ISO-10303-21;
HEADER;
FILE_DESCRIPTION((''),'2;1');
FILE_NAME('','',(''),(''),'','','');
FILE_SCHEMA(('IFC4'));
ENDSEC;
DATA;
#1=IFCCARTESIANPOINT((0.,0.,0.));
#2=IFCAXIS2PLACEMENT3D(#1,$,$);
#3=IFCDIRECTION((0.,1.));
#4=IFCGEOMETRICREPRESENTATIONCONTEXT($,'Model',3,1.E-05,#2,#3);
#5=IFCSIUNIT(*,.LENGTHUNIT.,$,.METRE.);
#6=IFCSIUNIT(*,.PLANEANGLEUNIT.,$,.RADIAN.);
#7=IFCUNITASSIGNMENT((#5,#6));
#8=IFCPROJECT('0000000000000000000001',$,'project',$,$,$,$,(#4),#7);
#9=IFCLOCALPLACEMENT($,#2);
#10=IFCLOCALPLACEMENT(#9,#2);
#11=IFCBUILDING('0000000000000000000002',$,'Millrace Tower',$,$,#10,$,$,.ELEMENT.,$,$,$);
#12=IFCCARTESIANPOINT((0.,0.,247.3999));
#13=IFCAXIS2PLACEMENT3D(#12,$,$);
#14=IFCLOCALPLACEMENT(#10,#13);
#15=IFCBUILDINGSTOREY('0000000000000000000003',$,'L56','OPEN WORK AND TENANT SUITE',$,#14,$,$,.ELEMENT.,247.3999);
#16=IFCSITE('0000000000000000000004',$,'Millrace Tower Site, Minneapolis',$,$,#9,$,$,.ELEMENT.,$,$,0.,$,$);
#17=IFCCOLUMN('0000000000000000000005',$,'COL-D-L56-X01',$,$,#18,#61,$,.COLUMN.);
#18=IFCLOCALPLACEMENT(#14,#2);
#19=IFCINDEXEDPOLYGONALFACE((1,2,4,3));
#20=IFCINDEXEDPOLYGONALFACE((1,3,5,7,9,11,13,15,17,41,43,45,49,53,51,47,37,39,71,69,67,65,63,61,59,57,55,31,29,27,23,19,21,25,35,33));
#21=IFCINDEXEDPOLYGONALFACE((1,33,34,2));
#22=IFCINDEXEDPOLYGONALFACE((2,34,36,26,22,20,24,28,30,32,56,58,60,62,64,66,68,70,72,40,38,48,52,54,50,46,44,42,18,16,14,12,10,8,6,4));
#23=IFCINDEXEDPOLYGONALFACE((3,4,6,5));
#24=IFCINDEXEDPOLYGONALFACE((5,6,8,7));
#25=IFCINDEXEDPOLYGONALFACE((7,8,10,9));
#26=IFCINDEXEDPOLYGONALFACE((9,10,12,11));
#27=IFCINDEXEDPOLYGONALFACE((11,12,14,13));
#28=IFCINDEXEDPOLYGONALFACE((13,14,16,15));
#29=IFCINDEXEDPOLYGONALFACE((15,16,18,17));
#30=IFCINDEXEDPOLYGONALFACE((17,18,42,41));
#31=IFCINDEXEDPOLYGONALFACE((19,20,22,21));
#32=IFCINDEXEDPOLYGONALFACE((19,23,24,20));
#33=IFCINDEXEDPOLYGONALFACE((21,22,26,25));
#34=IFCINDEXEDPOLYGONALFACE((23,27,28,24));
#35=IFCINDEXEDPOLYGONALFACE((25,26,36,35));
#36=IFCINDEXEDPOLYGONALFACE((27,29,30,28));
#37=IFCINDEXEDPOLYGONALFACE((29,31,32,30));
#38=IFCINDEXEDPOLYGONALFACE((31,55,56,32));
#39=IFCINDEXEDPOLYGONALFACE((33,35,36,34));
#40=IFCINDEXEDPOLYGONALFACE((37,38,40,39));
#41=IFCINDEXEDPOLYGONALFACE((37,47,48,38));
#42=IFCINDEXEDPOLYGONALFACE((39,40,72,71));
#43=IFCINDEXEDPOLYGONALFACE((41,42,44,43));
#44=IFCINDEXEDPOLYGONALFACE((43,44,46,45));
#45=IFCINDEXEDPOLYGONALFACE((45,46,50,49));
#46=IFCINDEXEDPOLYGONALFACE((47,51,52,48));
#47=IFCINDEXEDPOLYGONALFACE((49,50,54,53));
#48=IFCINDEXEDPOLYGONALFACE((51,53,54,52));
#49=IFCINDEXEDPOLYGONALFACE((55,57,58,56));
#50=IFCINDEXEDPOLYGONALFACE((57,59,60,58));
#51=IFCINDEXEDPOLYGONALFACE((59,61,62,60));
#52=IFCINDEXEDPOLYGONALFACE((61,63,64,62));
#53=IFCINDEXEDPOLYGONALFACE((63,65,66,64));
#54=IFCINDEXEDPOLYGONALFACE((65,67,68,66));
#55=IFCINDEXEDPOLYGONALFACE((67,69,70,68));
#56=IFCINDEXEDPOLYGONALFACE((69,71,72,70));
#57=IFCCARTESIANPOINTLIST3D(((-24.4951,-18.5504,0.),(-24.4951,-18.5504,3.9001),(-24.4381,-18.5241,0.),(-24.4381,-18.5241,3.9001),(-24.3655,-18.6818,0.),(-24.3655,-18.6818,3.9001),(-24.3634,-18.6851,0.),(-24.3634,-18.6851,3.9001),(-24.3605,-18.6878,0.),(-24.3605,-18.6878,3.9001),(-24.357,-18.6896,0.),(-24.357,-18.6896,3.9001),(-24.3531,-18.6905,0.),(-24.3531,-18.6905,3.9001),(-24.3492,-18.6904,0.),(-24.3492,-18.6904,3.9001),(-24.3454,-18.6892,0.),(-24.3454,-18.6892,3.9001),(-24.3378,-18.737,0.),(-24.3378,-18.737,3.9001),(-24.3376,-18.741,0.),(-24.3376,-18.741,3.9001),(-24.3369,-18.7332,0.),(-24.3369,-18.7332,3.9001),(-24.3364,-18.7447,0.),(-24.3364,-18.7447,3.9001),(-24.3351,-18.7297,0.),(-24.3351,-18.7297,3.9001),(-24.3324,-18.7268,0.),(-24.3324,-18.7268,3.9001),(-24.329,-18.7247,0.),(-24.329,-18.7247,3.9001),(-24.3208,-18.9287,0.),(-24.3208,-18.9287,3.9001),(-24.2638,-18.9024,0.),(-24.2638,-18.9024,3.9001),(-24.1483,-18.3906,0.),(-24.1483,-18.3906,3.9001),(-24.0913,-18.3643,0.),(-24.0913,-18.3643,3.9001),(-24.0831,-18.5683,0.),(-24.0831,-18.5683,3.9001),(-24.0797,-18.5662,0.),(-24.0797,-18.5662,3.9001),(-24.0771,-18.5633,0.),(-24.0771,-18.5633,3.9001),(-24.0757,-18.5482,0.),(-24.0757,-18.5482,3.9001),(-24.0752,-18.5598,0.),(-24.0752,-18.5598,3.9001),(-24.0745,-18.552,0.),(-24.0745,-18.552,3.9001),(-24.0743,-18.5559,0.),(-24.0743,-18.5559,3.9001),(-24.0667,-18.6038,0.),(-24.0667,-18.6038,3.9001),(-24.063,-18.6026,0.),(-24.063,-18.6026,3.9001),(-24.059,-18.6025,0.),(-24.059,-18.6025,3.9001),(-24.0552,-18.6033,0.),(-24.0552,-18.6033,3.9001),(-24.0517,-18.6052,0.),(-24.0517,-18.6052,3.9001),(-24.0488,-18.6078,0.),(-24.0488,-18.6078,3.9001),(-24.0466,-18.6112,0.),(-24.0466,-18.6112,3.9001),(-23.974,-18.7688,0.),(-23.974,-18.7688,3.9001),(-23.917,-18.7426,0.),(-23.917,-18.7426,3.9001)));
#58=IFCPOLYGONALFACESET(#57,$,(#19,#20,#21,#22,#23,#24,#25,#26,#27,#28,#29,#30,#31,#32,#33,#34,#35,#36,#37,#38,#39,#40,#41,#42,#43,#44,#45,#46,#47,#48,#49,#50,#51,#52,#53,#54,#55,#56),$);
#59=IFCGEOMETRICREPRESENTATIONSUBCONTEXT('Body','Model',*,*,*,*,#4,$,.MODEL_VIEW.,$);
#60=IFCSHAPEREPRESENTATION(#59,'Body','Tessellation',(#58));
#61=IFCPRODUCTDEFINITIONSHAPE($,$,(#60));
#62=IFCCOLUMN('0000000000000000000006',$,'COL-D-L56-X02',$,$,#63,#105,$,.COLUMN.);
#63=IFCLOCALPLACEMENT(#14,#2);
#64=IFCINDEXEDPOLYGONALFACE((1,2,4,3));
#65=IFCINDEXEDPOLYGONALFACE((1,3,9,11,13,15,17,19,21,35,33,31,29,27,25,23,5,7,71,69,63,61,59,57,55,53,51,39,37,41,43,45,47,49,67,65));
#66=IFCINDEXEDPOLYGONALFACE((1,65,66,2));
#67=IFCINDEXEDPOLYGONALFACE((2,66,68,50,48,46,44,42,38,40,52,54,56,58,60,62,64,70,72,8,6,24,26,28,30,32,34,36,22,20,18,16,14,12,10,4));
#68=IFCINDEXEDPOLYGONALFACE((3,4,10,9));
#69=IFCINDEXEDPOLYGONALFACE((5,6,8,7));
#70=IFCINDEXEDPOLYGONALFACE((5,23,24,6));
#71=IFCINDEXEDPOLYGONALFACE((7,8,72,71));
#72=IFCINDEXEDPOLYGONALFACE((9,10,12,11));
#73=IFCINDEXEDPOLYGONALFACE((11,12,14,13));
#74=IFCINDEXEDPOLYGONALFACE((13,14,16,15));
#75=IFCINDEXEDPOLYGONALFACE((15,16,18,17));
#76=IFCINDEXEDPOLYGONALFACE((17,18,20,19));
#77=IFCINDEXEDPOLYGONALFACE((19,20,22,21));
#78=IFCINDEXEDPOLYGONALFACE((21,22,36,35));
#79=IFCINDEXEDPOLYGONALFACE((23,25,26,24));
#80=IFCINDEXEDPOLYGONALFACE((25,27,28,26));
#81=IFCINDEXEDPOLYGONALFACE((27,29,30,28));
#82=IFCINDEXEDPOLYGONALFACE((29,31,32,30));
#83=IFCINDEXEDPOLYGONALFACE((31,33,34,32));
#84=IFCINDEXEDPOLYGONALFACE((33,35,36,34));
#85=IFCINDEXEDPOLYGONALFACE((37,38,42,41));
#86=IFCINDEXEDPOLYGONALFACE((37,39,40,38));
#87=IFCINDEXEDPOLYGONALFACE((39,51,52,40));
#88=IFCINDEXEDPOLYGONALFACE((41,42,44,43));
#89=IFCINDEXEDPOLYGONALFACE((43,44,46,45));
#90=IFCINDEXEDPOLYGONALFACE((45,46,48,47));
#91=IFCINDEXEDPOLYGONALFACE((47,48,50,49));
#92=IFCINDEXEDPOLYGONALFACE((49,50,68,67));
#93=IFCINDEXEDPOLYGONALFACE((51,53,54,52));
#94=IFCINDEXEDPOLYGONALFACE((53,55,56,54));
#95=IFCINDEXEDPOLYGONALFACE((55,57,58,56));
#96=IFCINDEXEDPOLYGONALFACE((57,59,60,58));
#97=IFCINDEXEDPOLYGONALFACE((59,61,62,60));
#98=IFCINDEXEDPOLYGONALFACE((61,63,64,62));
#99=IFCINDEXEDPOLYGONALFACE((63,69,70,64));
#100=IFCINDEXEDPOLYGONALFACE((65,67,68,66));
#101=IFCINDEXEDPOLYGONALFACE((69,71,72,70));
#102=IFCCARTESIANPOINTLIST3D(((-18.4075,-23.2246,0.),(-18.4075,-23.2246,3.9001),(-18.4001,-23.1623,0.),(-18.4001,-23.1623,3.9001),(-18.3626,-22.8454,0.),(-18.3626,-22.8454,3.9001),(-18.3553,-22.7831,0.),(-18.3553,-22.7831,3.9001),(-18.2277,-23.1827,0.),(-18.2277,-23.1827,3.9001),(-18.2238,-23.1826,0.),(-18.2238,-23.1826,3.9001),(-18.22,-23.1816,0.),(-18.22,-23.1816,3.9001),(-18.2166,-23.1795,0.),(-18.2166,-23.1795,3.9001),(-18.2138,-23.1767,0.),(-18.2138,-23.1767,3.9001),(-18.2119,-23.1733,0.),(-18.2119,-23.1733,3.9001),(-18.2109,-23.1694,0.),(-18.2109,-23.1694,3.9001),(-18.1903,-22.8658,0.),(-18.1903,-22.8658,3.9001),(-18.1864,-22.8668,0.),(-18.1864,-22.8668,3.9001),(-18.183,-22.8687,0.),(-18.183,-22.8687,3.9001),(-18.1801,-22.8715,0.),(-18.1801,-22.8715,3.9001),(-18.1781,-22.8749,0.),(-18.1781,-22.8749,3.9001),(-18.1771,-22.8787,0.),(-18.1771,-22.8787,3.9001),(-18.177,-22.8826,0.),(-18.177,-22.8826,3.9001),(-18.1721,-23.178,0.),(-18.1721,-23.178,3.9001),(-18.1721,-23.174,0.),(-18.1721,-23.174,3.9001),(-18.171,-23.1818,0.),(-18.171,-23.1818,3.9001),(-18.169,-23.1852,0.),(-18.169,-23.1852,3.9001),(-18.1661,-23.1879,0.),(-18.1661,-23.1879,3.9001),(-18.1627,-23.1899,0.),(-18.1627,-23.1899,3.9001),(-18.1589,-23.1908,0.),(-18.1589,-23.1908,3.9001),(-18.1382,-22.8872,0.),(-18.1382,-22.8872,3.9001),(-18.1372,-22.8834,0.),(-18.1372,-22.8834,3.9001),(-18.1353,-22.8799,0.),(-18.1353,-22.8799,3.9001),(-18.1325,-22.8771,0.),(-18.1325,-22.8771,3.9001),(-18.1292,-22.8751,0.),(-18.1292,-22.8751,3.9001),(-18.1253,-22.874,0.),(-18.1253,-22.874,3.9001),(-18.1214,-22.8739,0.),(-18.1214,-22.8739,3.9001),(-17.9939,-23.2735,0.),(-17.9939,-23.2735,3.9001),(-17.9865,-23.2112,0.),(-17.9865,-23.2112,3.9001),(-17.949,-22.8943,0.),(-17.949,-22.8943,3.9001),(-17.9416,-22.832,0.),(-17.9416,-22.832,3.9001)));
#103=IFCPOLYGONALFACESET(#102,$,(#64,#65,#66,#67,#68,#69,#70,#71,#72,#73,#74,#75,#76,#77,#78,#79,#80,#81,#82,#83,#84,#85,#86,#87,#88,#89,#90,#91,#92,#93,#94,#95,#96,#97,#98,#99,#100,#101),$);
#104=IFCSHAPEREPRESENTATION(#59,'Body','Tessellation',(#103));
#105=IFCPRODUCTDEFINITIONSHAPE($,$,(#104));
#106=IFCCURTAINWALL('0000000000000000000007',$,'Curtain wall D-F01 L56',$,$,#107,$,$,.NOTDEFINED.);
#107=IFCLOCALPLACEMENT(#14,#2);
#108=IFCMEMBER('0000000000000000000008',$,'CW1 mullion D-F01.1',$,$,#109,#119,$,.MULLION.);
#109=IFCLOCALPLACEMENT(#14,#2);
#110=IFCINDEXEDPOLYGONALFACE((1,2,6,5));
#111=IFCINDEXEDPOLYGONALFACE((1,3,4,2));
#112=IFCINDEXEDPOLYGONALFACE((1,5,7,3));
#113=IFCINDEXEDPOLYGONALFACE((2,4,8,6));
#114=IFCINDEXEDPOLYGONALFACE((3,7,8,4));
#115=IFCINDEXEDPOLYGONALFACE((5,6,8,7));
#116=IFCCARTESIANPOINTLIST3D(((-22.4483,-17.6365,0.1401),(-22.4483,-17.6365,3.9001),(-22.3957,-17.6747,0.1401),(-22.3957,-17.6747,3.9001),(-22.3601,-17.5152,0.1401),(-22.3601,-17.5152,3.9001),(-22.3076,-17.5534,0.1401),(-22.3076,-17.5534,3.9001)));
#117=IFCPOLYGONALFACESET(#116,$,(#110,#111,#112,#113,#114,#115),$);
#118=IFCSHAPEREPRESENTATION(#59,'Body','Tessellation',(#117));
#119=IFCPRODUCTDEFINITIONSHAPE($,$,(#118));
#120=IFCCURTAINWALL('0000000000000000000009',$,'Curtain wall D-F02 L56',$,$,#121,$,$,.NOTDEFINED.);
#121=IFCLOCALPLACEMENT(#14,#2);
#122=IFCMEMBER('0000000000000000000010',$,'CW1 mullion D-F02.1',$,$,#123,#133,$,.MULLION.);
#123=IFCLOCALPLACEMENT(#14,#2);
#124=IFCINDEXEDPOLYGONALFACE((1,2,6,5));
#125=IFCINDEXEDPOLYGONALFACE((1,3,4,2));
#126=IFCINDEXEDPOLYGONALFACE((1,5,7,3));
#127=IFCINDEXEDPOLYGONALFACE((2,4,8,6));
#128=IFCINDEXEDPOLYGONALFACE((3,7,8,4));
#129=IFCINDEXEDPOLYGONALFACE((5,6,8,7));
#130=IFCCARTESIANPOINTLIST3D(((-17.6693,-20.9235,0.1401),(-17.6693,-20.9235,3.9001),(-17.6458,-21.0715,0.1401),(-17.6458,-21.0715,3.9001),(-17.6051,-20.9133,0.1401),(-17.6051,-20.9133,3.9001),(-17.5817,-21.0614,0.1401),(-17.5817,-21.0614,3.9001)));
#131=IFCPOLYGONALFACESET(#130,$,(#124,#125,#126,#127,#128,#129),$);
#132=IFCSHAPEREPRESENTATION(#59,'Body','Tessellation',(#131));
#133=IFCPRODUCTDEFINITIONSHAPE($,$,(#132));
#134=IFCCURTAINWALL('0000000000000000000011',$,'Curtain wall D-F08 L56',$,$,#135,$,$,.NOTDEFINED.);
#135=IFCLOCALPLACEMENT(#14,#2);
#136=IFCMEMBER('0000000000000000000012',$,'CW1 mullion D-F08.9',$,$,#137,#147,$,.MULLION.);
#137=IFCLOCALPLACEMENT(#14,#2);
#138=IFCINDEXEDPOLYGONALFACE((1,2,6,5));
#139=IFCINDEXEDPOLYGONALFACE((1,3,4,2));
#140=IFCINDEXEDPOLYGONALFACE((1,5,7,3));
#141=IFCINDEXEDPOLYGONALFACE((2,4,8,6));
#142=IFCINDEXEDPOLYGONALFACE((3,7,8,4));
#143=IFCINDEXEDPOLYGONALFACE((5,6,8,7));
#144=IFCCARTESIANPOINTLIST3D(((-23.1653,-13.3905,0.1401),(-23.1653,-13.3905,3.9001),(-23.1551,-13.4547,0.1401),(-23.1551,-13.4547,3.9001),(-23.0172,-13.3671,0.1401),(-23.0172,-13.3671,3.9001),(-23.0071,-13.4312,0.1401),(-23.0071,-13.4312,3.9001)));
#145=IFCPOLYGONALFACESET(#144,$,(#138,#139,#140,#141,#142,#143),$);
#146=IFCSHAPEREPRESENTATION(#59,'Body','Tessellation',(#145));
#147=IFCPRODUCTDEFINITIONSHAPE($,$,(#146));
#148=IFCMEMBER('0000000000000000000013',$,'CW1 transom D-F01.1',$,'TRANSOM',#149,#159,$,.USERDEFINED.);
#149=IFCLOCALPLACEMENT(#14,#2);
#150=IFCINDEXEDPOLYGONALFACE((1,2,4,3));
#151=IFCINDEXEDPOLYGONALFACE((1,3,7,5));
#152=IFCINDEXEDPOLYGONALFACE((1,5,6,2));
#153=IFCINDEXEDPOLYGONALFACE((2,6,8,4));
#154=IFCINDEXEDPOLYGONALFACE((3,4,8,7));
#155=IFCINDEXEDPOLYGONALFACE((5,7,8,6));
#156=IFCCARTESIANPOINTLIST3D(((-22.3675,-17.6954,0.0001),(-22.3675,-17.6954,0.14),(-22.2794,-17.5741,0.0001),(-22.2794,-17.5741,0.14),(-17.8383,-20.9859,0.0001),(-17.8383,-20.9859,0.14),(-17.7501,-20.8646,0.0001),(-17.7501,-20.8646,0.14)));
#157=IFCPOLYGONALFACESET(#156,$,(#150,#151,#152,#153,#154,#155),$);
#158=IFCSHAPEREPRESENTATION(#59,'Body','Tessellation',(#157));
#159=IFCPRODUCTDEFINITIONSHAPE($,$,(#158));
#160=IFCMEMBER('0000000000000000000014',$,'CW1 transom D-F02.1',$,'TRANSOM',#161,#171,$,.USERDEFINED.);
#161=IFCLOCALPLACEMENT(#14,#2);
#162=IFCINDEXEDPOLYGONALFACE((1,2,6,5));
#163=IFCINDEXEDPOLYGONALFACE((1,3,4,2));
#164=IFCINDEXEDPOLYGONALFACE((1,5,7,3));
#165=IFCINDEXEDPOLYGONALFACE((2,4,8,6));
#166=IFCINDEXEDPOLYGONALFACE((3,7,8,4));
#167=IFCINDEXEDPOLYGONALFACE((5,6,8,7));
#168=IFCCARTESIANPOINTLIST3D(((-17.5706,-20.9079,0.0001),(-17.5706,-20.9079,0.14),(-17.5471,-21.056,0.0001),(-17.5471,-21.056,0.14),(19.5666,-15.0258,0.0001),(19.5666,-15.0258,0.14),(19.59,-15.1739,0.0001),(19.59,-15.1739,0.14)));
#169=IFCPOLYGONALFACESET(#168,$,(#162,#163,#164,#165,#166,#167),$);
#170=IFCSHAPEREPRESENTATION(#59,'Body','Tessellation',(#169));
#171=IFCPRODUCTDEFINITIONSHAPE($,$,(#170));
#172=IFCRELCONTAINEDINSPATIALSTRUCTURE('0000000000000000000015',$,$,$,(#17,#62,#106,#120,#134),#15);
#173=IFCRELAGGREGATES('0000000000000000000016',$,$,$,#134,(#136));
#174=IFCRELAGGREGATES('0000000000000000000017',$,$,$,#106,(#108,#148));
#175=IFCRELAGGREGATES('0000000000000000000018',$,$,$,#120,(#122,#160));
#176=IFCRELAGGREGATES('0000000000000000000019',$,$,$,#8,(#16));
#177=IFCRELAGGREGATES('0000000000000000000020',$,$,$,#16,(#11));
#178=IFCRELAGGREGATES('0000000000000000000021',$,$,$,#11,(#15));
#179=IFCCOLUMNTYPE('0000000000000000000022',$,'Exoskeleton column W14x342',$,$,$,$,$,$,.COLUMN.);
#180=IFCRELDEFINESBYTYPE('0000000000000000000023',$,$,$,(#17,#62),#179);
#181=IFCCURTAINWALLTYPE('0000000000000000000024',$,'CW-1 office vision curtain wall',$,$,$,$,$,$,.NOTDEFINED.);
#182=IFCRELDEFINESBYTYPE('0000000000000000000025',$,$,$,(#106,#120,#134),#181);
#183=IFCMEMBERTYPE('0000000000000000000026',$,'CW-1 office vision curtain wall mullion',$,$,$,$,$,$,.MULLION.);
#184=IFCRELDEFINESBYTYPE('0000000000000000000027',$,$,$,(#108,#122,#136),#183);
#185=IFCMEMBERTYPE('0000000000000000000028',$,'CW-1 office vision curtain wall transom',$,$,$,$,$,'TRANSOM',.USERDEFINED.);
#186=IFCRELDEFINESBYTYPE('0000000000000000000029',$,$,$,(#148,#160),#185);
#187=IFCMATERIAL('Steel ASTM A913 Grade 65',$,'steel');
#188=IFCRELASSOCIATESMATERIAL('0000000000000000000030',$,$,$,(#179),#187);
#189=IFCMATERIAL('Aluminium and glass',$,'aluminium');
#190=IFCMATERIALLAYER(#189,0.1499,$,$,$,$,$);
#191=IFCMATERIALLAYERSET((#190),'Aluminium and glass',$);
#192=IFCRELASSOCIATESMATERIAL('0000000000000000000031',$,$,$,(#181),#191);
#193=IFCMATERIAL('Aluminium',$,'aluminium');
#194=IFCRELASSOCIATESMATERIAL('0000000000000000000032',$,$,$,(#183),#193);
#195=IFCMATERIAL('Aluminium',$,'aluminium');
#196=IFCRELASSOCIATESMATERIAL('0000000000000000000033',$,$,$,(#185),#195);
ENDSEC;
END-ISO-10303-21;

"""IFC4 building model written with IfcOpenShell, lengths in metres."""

from ifc_helpers import new_model, si_unit, direction, frame, origin, origin_2d, place, context, subcontext, project, spatial, rectangle, i_section, extrude, material, layer, layer_set, material_profile, profile_set, type_object, element, aggregate, save


model = new_model("IFC4")

# Units and contexts
model_context = context("Model", 3, precision=1e-05, world=origin(), true_north=direction((0.0, 1.0)))
body_context = subcontext(model_context, "Body", "Model", "MODEL_VIEW")
ifc_project = project(units=[si_unit("LENGTHUNIT", "METRE"), si_unit("PLANEANGLEUNIT", "RADIAN")], contexts=[model_context])

# Site, building, storey
site_placement = place(None, origin())
site = spatial("IfcSite", under=ifc_project, at=site_placement, Name="Millrace Tower Site, Minneapolis", CompositionType="ELEMENT", RefElevation=0.0)
building_placement = place(site_placement, origin())
building = spatial("IfcBuilding", under=site, at=building_placement, Name="Millrace Tower", CompositionType="ELEMENT")
storey_placement = place(building_placement, frame((0.0, 0.0, 247.3999)))
storey = spatial("IfcBuildingStorey", under=building, at=storey_placement, Name="L56", Description="OPEN WORK AND TENANT SUITE", CompositionType="ELEMENT", Elevation=247.3999)

# Columns
ifc_material_1 = material(Name="Steel ASTM A913 Grade 65", Category="steel")
ifc_material_profile_1 = material_profile(ifc_material_1, i_section(OverallWidth=0.4165, OverallDepth=0.4446, WebThickness=0.0391, FlangeThickness=0.0627, FilletRadius=0.0151, at=origin_2d()))
ifc_profile_set_1 = profile_set([ifc_material_profile_1], Name="Steel ASTM A913 Grade 65")
column_type = type_object("IfcColumnType", Name="Exoskeleton column W14x342", PredefinedType="COLUMN", material=ifc_profile_set_1)
for number, where, z_axis, x_axis, name in (
    (1, (-24.2061, -18.6465, 0.0), (0.0, 0.0, 1.0), (0.418553, -0.908192, 0.0), "COL-D-L56-X01"),
    (2, (-18.1746, -23.0283, 0.0), (0.0, 0.0, 1.0), (0.993082, -0.117421, 0.0), "COL-D-L56-X02"),
):
    element("IfcColumn", number, at=place(storey_placement, frame(where, z_axis=z_axis, x_axis=x_axis)), inside=storey, type_object=column_type, Name=name, PredefinedType="COLUMN", context=body_context, shape_type="SweptSolid", body=[
        extrude(i_section(OverallWidth=0.4165, OverallDepth=0.4446, WebThickness=0.0391, FlangeThickness=0.0627, FilletRadius=0.0151, at=origin_2d()), origin(), (0.0, 0.0, 1.0), 3.9001),
    ])

# Curtain walls, members
ifc_material_2 = material(Name="Aluminium and glass", Category="aluminium")
ifc_layer_1 = layer(ifc_material_2, 0.1499)
ifc_layer_set_1 = layer_set([ifc_layer_1], Name="Aluminium and glass")
curtain_wall_type = type_object("IfcCurtainWallType", Name="CW-1 office vision curtain wall", PredefinedType="NOTDEFINED", material=ifc_layer_set_1)
placement = place(storey_placement, origin())
curtain_wall_1 = element("IfcCurtainWall", 3, at=placement, inside=storey, type_object=curtain_wall_type, Name="Curtain wall D-F01 L56", PredefinedType="NOTDEFINED")
ifc_material_3 = material(Name="Aluminium", Category="aluminium")
ifc_material_profile_2 = material_profile(ifc_material_3, rectangle(XDim=0.0649, YDim=0.1499, at=origin_2d()))
ifc_profile_set_2 = profile_set([ifc_material_profile_2], Name="Aluminium")
member_type_1 = type_object("IfcMemberType", Name="CW-1 office vision curtain wall mullion", PredefinedType="MULLION", material=ifc_profile_set_2)
member_1_placement = place(storey_placement, frame((-22.3779, -17.595, 0.1401), z_axis=(0.0, 0.0, 1.0), x_axis=(0.809017, -0.587785, 0.0)))
member_1 = element("IfcMember", 4, at=member_1_placement, type_object=member_type_1, Name="CW1 mullion D-F01.1", PredefinedType="MULLION", context=body_context, shape_type="SweptSolid", body=[
    extrude(rectangle(XDim=0.0649, YDim=0.1499, at=origin_2d()), origin(), (0.0, 0.0, 1.0), 3.76),
])
curtain_wall_2 = element("IfcCurtainWall", 5, at=placement, inside=storey, type_object=curtain_wall_type, Name="Curtain wall D-F02 L56", PredefinedType="NOTDEFINED")
member_2_placement = place(storey_placement, frame((-17.6255, -20.9924, 0.1401), z_axis=(0.0, 0.0, 1.0), x_axis=(0.987688, 0.156434, 0.0)))
member_2 = element("IfcMember", 6, at=member_2_placement, type_object=member_type_1, Name="CW1 mullion D-F02.1", PredefinedType="MULLION", context=body_context, shape_type="SweptSolid", body=[
    extrude(rectangle(XDim=0.0649, YDim=0.1499, at=origin_2d()), origin(), (0.0, 0.0, 1.0), 3.76),
])
curtain_wall_3 = element("IfcCurtainWall", 7, at=placement, inside=storey, type_object=curtain_wall_type, Name="Curtain wall D-F08 L56", PredefinedType="NOTDEFINED")
member_3_placement = place(storey_placement, frame((-23.0862, -13.4109, 0.1401), z_axis=(0.0, 0.0, 1.0), x_axis=(0.156434, -0.987688, 0.0)))
member_3 = element("IfcMember", 8, at=member_3_placement, type_object=member_type_1, Name="CW1 mullion D-F08.9", PredefinedType="MULLION", context=body_context, shape_type="SweptSolid", body=[
    extrude(rectangle(XDim=0.0649, YDim=0.1499, at=origin_2d()), origin(), (0.0, 0.0, 1.0), 3.76),
])
aggregate(curtain_wall_3, [member_3])

# Members
ifc_material_4 = material(Name="Aluminium", Category="aluminium")
ifc_material_profile_3 = material_profile(ifc_material_4, rectangle(XDim=0.1499, YDim=0.1399, at=origin_2d()))
ifc_profile_set_3 = profile_set([ifc_material_profile_3], Name="Aluminium")
member_type_2 = type_object("IfcMemberType", Name="CW-1 office vision curtain wall transom", ElementType="TRANSOM", PredefinedType="USERDEFINED", material=ifc_profile_set_3)
member_4_placement = place(storey_placement, frame((-22.3235, -17.6348, 0.0701), z_axis=(0.809034, -0.587762, 0.0), x_axis=(0.587762, 0.809034, 0.0)))
member_4 = element("IfcMember", 9, at=member_4_placement, type_object=member_type_2, Name="CW1 transom D-F01.1", ObjectType="TRANSOM", PredefinedType="USERDEFINED", context=body_context, shape_type="SweptSolid", body=[
    extrude(rectangle(XDim=0.1499, YDim=0.1399, at=origin_2d()), origin(), (0.0, 0.0, 1.0), 5.5984),
])
aggregate(curtain_wall_1, [member_1, member_4])
member_5_placement = place(storey_placement, frame((-17.5588, -20.9819, 0.0701), z_axis=(0.987688, 0.156438, 0.0), x_axis=(-0.156438, 0.987688, 0.0)))
member_5 = element("IfcMember", 10, at=member_5_placement, type_object=member_type_2, Name="CW1 transom D-F02.1", ObjectType="TRANSOM", PredefinedType="USERDEFINED", context=body_context, shape_type="SweptSolid", body=[
    extrude(rectangle(XDim=0.1499, YDim=0.1399, at=origin_2d()), origin(), (0.0, 0.0, 1.0), 37.6001),
])
aggregate(curtain_wall_2, [member_2, member_5])

save(model, "model.ifc")
